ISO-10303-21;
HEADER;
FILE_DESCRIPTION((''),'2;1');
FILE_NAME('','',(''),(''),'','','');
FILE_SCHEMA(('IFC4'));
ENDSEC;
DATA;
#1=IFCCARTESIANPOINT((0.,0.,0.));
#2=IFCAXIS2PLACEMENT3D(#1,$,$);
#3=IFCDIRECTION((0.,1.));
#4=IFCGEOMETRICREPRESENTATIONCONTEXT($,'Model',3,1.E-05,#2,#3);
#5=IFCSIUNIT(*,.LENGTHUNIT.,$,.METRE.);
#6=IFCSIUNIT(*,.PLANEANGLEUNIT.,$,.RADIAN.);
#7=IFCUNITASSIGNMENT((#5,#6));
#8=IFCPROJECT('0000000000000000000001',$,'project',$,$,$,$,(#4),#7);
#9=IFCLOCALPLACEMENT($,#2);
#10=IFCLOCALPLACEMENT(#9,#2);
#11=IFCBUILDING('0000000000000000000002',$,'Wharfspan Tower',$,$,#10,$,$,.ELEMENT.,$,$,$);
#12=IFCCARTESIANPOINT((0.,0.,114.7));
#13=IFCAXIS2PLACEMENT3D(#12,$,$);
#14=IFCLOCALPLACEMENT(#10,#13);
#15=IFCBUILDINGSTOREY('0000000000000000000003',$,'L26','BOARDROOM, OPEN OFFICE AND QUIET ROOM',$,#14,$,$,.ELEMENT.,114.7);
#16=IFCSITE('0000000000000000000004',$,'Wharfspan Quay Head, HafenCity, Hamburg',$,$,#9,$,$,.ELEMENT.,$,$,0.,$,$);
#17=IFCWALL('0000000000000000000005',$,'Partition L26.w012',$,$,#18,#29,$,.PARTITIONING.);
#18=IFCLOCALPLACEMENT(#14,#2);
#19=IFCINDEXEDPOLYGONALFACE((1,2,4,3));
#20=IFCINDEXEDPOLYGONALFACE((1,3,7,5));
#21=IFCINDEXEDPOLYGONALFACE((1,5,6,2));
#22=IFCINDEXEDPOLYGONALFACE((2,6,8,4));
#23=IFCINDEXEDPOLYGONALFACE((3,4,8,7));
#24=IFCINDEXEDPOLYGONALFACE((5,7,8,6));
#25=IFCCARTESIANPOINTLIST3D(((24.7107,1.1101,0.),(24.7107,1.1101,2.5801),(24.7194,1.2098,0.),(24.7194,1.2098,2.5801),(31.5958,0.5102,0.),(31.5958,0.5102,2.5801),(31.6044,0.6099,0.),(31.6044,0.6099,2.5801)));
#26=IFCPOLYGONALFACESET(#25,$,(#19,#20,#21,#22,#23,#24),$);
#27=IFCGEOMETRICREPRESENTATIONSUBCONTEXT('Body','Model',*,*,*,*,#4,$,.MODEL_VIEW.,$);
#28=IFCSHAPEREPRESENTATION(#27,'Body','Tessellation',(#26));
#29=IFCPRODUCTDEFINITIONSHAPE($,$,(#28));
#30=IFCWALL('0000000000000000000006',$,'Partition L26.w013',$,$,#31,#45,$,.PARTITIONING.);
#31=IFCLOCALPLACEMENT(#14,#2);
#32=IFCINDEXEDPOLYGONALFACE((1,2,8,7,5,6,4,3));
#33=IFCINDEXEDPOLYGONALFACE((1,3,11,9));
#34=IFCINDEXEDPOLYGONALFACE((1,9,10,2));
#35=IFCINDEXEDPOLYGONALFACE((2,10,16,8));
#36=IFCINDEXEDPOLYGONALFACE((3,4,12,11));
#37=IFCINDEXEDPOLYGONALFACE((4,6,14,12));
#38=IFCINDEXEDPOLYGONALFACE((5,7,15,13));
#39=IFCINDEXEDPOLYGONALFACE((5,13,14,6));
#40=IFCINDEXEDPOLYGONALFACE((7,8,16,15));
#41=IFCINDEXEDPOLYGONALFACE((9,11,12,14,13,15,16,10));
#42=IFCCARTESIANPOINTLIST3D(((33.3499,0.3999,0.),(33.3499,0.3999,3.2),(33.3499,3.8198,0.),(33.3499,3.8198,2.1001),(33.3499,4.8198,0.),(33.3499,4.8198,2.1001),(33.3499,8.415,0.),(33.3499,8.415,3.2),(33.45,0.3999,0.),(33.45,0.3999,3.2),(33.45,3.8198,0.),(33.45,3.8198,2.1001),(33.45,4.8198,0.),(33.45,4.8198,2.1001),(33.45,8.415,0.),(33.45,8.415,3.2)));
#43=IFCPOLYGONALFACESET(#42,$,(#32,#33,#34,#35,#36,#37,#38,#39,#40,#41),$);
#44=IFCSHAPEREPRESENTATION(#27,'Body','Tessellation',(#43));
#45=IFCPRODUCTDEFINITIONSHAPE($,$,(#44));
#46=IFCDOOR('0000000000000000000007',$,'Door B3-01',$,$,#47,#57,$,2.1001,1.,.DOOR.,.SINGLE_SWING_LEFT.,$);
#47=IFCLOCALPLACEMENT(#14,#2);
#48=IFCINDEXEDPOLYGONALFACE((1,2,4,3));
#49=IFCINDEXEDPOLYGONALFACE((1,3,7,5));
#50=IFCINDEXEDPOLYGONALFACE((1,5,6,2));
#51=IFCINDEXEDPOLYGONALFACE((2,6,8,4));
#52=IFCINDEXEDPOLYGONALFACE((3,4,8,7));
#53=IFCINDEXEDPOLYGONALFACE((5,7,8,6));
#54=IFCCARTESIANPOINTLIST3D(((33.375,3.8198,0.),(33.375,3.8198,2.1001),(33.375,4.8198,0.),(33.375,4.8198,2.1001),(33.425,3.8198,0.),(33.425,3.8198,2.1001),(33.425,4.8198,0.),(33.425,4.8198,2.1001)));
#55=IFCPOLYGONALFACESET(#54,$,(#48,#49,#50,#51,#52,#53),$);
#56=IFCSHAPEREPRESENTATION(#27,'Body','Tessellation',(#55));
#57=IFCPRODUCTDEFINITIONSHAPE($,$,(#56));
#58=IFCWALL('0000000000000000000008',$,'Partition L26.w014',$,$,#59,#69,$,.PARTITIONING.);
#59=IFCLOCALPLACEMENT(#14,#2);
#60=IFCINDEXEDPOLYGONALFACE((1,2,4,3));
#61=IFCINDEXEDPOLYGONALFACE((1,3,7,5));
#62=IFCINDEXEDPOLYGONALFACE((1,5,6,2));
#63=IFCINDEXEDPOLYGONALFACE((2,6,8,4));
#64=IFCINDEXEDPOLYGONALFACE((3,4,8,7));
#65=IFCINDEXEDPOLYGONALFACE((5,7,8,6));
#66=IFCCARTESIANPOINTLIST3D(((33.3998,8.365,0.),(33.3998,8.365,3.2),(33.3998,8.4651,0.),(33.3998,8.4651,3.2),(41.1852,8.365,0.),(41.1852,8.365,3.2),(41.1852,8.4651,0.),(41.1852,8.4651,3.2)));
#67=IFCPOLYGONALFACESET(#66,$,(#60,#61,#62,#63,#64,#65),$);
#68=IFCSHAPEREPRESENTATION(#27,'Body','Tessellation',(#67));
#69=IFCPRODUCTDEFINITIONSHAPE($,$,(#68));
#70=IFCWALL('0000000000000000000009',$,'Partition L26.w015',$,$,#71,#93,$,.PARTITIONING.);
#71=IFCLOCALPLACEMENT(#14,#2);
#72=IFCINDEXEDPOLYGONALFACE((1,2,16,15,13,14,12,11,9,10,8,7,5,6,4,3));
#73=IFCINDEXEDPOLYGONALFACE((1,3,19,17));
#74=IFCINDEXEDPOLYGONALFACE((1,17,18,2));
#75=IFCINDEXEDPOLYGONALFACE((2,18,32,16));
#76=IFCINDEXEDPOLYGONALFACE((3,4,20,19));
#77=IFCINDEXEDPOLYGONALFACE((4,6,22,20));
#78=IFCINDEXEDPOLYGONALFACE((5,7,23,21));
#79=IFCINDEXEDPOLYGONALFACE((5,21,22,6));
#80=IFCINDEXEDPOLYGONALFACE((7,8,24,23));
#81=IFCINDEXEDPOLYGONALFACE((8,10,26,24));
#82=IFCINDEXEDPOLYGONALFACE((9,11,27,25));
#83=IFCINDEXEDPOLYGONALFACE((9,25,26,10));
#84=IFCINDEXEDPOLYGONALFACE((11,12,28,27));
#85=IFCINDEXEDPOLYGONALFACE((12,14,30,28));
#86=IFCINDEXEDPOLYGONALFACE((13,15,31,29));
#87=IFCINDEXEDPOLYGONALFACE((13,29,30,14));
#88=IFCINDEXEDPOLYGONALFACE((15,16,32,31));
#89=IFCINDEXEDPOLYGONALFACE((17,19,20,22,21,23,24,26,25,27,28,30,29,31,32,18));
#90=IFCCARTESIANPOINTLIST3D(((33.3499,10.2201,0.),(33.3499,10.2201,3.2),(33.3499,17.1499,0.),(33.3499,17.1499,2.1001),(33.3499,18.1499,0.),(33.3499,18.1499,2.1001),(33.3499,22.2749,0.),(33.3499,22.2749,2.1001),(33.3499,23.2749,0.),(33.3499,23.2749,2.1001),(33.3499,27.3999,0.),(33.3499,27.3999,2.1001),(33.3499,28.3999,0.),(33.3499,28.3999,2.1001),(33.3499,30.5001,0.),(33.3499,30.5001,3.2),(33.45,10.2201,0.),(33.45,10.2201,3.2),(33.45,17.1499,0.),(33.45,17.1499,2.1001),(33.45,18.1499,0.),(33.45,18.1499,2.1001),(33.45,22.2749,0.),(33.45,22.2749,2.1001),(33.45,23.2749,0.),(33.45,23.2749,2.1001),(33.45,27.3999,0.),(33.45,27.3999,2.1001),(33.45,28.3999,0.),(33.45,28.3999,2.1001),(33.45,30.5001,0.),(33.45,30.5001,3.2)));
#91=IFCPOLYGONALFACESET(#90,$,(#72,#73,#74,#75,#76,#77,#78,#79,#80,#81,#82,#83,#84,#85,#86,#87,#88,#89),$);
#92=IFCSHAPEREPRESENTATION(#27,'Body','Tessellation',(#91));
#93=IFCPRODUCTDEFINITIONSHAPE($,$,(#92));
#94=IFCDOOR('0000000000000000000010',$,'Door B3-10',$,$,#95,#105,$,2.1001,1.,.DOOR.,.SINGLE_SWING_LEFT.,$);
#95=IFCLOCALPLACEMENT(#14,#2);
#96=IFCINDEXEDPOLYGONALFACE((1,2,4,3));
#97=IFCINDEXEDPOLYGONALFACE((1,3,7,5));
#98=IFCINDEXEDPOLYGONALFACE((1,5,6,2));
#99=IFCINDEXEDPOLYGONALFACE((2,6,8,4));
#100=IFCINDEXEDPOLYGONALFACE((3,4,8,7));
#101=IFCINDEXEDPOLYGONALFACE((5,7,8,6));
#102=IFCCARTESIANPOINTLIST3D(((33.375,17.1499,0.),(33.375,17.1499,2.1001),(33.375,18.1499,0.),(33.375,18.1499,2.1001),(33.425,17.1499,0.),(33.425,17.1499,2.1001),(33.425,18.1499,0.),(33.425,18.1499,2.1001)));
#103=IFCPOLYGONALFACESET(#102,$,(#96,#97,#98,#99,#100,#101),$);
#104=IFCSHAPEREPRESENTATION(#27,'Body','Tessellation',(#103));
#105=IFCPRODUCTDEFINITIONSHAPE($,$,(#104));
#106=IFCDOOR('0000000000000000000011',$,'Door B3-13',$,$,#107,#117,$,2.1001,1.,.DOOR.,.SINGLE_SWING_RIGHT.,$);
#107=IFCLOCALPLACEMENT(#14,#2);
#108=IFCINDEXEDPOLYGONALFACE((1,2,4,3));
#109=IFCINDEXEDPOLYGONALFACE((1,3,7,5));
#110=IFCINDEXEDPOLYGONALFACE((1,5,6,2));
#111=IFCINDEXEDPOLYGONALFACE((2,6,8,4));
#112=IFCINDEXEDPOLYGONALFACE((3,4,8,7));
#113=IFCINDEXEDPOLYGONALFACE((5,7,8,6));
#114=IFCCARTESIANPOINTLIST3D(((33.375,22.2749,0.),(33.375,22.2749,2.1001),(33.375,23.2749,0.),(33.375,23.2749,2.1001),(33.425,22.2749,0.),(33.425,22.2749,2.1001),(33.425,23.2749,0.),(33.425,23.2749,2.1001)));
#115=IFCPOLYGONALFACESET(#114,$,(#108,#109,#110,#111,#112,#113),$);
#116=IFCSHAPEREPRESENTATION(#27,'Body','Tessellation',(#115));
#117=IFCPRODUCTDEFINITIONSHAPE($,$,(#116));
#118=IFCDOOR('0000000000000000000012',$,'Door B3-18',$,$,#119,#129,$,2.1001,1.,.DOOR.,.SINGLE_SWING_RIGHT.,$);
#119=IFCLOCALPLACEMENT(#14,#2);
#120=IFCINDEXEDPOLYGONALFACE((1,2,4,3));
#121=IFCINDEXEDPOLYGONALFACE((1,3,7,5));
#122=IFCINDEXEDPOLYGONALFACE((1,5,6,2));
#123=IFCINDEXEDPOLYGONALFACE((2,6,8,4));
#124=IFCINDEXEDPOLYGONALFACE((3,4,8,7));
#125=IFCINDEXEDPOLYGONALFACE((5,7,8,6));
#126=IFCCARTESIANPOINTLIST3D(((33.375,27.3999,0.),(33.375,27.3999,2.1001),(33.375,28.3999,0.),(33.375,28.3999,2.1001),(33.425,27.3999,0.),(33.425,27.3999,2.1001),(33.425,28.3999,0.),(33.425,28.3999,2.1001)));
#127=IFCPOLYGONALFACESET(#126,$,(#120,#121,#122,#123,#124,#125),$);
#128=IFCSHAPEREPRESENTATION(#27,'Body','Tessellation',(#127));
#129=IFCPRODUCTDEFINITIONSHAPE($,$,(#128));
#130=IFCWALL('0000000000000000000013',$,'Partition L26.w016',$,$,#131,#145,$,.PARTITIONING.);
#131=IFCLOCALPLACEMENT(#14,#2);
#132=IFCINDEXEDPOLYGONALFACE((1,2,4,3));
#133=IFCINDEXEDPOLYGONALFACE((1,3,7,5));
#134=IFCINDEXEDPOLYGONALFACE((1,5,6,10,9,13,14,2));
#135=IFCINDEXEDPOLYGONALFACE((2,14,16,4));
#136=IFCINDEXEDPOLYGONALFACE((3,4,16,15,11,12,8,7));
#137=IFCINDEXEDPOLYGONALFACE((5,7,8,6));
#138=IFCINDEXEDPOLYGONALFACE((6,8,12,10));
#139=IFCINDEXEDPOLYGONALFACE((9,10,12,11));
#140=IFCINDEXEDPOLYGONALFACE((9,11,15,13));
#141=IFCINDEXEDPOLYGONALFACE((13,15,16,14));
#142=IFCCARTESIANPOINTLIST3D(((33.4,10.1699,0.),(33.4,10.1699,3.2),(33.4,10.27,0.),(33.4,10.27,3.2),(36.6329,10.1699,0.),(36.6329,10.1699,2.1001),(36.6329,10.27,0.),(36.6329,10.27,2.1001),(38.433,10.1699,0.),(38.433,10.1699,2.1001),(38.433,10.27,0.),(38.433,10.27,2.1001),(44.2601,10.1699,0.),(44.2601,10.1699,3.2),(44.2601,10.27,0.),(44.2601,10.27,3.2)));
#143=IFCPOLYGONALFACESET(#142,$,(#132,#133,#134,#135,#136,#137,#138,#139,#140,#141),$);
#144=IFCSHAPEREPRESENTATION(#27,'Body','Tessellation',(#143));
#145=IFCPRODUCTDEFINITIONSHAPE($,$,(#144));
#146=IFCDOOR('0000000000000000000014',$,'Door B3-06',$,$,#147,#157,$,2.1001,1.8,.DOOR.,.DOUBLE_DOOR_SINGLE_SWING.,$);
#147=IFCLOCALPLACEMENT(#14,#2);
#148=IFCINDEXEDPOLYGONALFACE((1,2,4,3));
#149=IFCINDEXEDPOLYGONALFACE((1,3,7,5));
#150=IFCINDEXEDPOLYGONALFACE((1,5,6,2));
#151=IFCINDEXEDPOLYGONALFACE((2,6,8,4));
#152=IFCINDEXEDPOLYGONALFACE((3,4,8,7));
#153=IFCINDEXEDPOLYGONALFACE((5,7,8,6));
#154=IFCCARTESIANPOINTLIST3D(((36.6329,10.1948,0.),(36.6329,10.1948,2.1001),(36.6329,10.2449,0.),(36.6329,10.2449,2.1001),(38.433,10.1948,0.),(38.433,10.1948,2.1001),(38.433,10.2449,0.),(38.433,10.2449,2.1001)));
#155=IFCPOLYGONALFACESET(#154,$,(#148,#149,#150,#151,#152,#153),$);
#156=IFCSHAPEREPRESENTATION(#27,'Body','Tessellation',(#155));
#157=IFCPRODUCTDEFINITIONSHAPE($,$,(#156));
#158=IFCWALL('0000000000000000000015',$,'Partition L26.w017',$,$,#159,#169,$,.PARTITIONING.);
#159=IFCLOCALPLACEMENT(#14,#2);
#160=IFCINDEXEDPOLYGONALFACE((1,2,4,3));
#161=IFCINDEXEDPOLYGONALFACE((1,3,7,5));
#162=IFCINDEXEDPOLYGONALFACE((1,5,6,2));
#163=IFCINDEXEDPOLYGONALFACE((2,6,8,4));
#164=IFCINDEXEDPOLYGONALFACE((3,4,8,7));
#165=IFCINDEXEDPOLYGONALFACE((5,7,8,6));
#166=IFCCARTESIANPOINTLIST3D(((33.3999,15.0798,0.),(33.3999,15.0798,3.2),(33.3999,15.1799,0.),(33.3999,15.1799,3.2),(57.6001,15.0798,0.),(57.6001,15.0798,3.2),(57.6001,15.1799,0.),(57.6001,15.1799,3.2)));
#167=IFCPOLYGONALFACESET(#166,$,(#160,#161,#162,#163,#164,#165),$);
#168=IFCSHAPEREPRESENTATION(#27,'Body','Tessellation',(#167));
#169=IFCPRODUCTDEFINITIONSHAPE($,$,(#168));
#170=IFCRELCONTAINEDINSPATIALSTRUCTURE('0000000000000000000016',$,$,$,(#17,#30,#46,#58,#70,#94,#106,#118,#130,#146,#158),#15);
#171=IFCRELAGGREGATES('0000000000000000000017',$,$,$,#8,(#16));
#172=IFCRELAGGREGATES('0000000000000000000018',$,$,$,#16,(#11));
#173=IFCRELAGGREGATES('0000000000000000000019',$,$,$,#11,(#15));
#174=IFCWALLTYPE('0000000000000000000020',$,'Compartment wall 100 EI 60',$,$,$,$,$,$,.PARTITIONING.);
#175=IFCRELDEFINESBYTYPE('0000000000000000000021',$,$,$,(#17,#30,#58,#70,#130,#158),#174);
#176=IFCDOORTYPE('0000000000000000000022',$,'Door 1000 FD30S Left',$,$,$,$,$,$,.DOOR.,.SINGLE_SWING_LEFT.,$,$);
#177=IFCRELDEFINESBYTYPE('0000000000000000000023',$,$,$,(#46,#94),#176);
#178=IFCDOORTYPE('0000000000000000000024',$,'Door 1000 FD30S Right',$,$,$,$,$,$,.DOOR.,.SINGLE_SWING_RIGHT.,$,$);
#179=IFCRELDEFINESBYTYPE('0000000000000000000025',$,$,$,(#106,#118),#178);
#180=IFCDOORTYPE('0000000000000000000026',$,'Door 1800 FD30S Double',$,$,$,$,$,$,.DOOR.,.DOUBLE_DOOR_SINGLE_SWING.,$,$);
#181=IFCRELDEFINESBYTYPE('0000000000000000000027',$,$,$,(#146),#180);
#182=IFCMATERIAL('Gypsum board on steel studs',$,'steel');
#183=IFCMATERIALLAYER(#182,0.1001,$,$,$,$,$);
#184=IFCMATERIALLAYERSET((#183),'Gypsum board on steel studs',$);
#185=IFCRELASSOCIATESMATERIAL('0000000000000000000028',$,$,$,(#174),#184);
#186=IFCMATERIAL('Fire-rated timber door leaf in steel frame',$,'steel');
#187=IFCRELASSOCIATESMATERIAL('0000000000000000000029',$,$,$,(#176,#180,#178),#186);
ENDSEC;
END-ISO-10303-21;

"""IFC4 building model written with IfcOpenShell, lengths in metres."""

from ifc_helpers import new_model, si_unit, direction, frame, frame_2d, origin, place, context, subcontext, project, spatial, rectangle, extrude, material, layer, layer_set, type_object, element, fill, save


model = new_model("IFC4")

# Units and contexts
model_context = context("Model", 3, precision=1e-05, world=origin(), true_north=direction((0.0, 1.0)))
body_context = subcontext(model_context, "Body", "Model", "MODEL_VIEW")
ifc_project = project(units=[si_unit("LENGTHUNIT", "METRE"), si_unit("PLANEANGLEUNIT", "RADIAN")], contexts=[model_context])

# Site, building, storey
site_placement = place(None, origin())
site = spatial("IfcSite", under=ifc_project, at=site_placement, Name="Wharfspan Quay Head, HafenCity, Hamburg", CompositionType="ELEMENT", RefElevation=0.0)
building_placement = place(site_placement, origin())
building = spatial("IfcBuilding", under=site, at=building_placement, Name="Wharfspan Tower", CompositionType="ELEMENT")
storey_placement = place(building_placement, frame((0.0, 0.0, 114.7)))
storey = spatial("IfcBuildingStorey", under=building, at=storey_placement, Name="L26", Description="BOARDROOM, OPEN OFFICE AND QUIET ROOM", CompositionType="ELEMENT", Elevation=114.7)

# Shared definitions
ifc_material_1 = material(Name="Gypsum board on steel studs", Category="steel")
ifc_layer_1 = layer(ifc_material_1, 0.1001)
ifc_layer_set_1 = layer_set([ifc_layer_1], Name="Gypsum board on steel studs")
wall_type_1 = type_object("IfcWallType", Name="Compartment wall 100 EI 60", PredefinedType="PARTITIONING", material=ifc_layer_set_1)
ifc_material_2 = material(Name="Fire-rated timber door leaf in steel frame", Category="steel")
door_type_1 = type_object("IfcDoorType", Name="Door 1000 FD30S Left", OperationType="SINGLE_SWING_LEFT", PredefinedType="DOOR", material=ifc_material_2)
door_type_2 = type_object("IfcDoorType", Name="Door 1800 FD30S Double", OperationType="DOUBLE_DOOR_SINGLE_SWING", PredefinedType="DOOR", material=ifc_material_2)

# Wall
wall_1_placement = place(storey_placement, frame((31.6001, 0.5601, 0.0), z_axis=(0.0, 0.0, 1.0), x_axis=(-0.996229, 0.086796, 0.0)))
element("IfcWall", 1, at=wall_1_placement, inside=storey, type_object=wall_type_1, Name="Partition L26.w012", PredefinedType="PARTITIONING", context=body_context, shape_type="SweptSolid", body=[
    extrude(rectangle(XDim=6.9111, YDim=0.1001, at=frame_2d((3.4556, 0.0))), origin(), (0.0, 0.0, 1.0), 2.5801),
])

# Wall, opening, door
wall_2_placement = place(storey_placement, frame((33.3999, 0.3999, 0.0), z_axis=(0.0, 0.0, 1.0), x_axis=(0.0, 1.0, 0.0)))
wall_2 = element("IfcWall", 2, at=wall_2_placement, inside=storey, type_object=wall_type_1, Name="Partition L26.w013", PredefinedType="PARTITIONING", context=body_context, shape_type="SweptSolid", body=[
    extrude(rectangle(XDim=8.0151, YDim=0.1001, at=frame_2d((4.0076, 0.0))), origin(), (0.0, 0.0, 1.0), 3.2),
])
opening_1_placement = place(wall_2_placement, frame((3.4199, 0.0, 0.0)))
opening_1 = element("IfcOpeningElement", 3, at=opening_1_placement, cuts=wall_2, PredefinedType="OPENING", context=body_context, shape_type="SweptSolid", body=[
    extrude(rectangle(XDim=1.0, YDim=2.1001, at=frame_2d((0.5, 1.05))), frame((0.0, 0.0601, 0.0), z_axis=(0.0, -1.0, 0.0), x_axis=(1.0, 0.0, 0.0)), (0.0, 0.0, 1.0), 0.1201),
])
door_1_placement = place(opening_1_placement, origin())
door_1 = element("IfcDoor", 4, at=door_1_placement, inside=storey, type_object=door_type_1, Name="Door B3-01", OperationType="SINGLE_SWING_LEFT", OverallHeight=2.1001, OverallWidth=1.0, PredefinedType="DOOR", context=body_context, shape_type="SweptSolid", body=[
    extrude(rectangle(XDim=1.0, YDim=2.1001, at=frame_2d((0.5, 1.05))), frame((0.0, 0.0249, 0.0), z_axis=(0.0, -1.0, 0.0), x_axis=(1.0, 0.0, 0.0)), (0.0, 0.0, 1.0), 0.05),
])
fill(opening_1, door_1)

# Wall
wall_3_placement = place(storey_placement, frame((33.3999, 8.415, 0.0), z_axis=(0.0, 0.0, 1.0), x_axis=(1.0, 0.0, 0.0)))
element("IfcWall", 5, at=wall_3_placement, inside=storey, type_object=wall_type_1, Name="Partition L26.w014", PredefinedType="PARTITIONING", context=body_context, shape_type="SweptSolid", body=[
    extrude(rectangle(XDim=7.7854, YDim=0.1001, at=frame_2d((3.8926, 0.0))), origin(), (0.0, 0.0, 1.0), 3.2),
])

# Wall, openings, doors
wall_4_placement = place(storey_placement, frame((33.3999, 10.22, 0.0), z_axis=(0.0, 0.0, 1.0), x_axis=(0.0, 1.0, 0.0)))
wall_4 = element("IfcWall", 6, at=wall_4_placement, inside=storey, type_object=wall_type_1, Name="Partition L26.w015", PredefinedType="PARTITIONING", context=body_context, shape_type="SweptSolid", body=[
    extrude(rectangle(XDim=20.28, YDim=0.1001, at=frame_2d((10.1401, 0.0))), origin(), (0.0, 0.0, 1.0), 3.2),
])
opening_2_placement = place(wall_4_placement, frame((6.9299, 0.0, 0.0)))
opening_2 = element("IfcOpeningElement", 7, at=opening_2_placement, cuts=wall_4, PredefinedType="OPENING", context=body_context, shape_type="SweptSolid", body=[
    extrude(rectangle(XDim=1.0, YDim=2.1001, at=frame_2d((0.5, 1.05))), frame((0.0, 0.0601, 0.0), z_axis=(0.0, -1.0, 0.0), x_axis=(1.0, 0.0, 0.0)), (0.0, 0.0, 1.0), 0.1201),
])
opening_3_placement = place(wall_4_placement, frame((12.0549, 0.0, 0.0)))
opening_3 = element("IfcOpeningElement", 8, at=opening_3_placement, cuts=wall_4, PredefinedType="OPENING", context=body_context, shape_type="SweptSolid", body=[
    extrude(rectangle(XDim=1.0, YDim=2.1001, at=frame_2d((0.5, 1.05))), frame((0.0, 0.0601, 0.0), z_axis=(0.0, -1.0, 0.0), x_axis=(1.0, 0.0, 0.0)), (0.0, 0.0, 1.0), 0.1201),
])
opening_4_placement = place(wall_4_placement, frame((17.1799, 0.0, 0.0)))
opening_4 = element("IfcOpeningElement", 9, at=opening_4_placement, cuts=wall_4, PredefinedType="OPENING", context=body_context, shape_type="SweptSolid", body=[
    extrude(rectangle(XDim=1.0, YDim=2.1001, at=frame_2d((0.5, 1.05))), frame((0.0, 0.0601, 0.0), z_axis=(0.0, -1.0, 0.0), x_axis=(1.0, 0.0, 0.0)), (0.0, 0.0, 1.0), 0.1201),
])
door_2_placement = place(opening_2_placement, origin())
door_2 = element("IfcDoor", 10, at=door_2_placement, inside=storey, type_object=door_type_1, Name="Door B3-10", OperationType="SINGLE_SWING_LEFT", OverallHeight=2.1001, OverallWidth=1.0, PredefinedType="DOOR", context=body_context, shape_type="SweptSolid", body=[
    extrude(rectangle(XDim=1.0, YDim=2.1001, at=frame_2d((0.5, 1.05))), frame((0.0, 0.0249, 0.0), z_axis=(0.0, -1.0, 0.0), x_axis=(1.0, 0.0, 0.0)), (0.0, 0.0, 1.0), 0.05),
])
fill(opening_2, door_2)
door_type_3 = type_object("IfcDoorType", Name="Door 1000 FD30S Right", OperationType="SINGLE_SWING_RIGHT", PredefinedType="DOOR", material=ifc_material_2)
door_3_placement = place(opening_3_placement, origin())
door_3 = element("IfcDoor", 11, at=door_3_placement, inside=storey, type_object=door_type_3, Name="Door B3-13", OperationType="SINGLE_SWING_RIGHT", OverallHeight=2.1001, OverallWidth=1.0, PredefinedType="DOOR", context=body_context, shape_type="SweptSolid", body=[
    extrude(rectangle(XDim=1.0, YDim=2.1001, at=frame_2d((0.5, 1.05))), frame((0.0, 0.0249, 0.0), z_axis=(0.0, -1.0, 0.0), x_axis=(1.0, 0.0, 0.0)), (0.0, 0.0, 1.0), 0.05),
])
fill(opening_3, door_3)
door_4_placement = place(opening_4_placement, origin())
door_4 = element("IfcDoor", 12, at=door_4_placement, inside=storey, type_object=door_type_3, Name="Door B3-18", OperationType="SINGLE_SWING_RIGHT", OverallHeight=2.1001, OverallWidth=1.0, PredefinedType="DOOR", context=body_context, shape_type="SweptSolid", body=[
    extrude(rectangle(XDim=1.0, YDim=2.1001, at=frame_2d((0.5, 1.05))), frame((0.0, 0.0249, 0.0), z_axis=(0.0, -1.0, 0.0), x_axis=(1.0, 0.0, 0.0)), (0.0, 0.0, 1.0), 0.05),
])
fill(opening_4, door_4)

# Wall, opening, door
wall_5_placement = place(storey_placement, frame((33.3999, 10.22, 0.0), z_axis=(0.0, 0.0, 1.0), x_axis=(1.0, 0.0, 0.0)))
wall_5 = element("IfcWall", 13, at=wall_5_placement, inside=storey, type_object=wall_type_1, Name="Partition L26.w016", PredefinedType="PARTITIONING", context=body_context, shape_type="SweptSolid", body=[
    extrude(rectangle(XDim=10.8601, YDim=0.1001, at=frame_2d((5.4302, 0.0))), origin(), (0.0, 0.0, 1.0), 3.2),
])
opening_5_placement = place(wall_5_placement, frame((3.2332, 0.0, 0.0)))
opening_5 = element("IfcOpeningElement", 14, at=opening_5_placement, cuts=wall_5, PredefinedType="OPENING", context=body_context, shape_type="SweptSolid", body=[
    extrude(rectangle(XDim=1.8, YDim=2.1001, at=frame_2d((0.8999, 1.05))), frame((0.0, 0.0601, 0.0), z_axis=(0.0, -1.0, 0.0), x_axis=(1.0, 0.0, 0.0)), (0.0, 0.0, 1.0), 0.1201),
])
door_5_placement = place(opening_5_placement, origin())
door_5 = element("IfcDoor", 15, at=door_5_placement, inside=storey, type_object=door_type_2, Name="Door B3-06", OperationType="DOUBLE_DOOR_SINGLE_SWING", OverallHeight=2.1001, OverallWidth=1.8, PredefinedType="DOOR", context=body_context, shape_type="SweptSolid", body=[
    extrude(rectangle(XDim=1.8, YDim=2.1001, at=frame_2d((0.8999, 1.05))), frame((0.0, 0.0249, 0.0), z_axis=(0.0, -1.0, 0.0), x_axis=(1.0, 0.0, 0.0)), (0.0, 0.0, 1.0), 0.05),
])
fill(opening_5, door_5)

# Wall
wall_6_placement = place(storey_placement, frame((33.3999, 15.1299, 0.0), z_axis=(0.0, 0.0, 1.0), x_axis=(1.0, 0.0, 0.0)))
element("IfcWall", 16, at=wall_6_placement, inside=storey, type_object=wall_type_1, Name="Partition L26.w017", PredefinedType="PARTITIONING", context=body_context, shape_type="SweptSolid", body=[
    extrude(rectangle(XDim=24.2002, YDim=0.1001, at=frame_2d((12.1001, 0.0))), origin(), (0.0, 0.0, 1.0), 3.2),
])

save(model, "model.ifc")
